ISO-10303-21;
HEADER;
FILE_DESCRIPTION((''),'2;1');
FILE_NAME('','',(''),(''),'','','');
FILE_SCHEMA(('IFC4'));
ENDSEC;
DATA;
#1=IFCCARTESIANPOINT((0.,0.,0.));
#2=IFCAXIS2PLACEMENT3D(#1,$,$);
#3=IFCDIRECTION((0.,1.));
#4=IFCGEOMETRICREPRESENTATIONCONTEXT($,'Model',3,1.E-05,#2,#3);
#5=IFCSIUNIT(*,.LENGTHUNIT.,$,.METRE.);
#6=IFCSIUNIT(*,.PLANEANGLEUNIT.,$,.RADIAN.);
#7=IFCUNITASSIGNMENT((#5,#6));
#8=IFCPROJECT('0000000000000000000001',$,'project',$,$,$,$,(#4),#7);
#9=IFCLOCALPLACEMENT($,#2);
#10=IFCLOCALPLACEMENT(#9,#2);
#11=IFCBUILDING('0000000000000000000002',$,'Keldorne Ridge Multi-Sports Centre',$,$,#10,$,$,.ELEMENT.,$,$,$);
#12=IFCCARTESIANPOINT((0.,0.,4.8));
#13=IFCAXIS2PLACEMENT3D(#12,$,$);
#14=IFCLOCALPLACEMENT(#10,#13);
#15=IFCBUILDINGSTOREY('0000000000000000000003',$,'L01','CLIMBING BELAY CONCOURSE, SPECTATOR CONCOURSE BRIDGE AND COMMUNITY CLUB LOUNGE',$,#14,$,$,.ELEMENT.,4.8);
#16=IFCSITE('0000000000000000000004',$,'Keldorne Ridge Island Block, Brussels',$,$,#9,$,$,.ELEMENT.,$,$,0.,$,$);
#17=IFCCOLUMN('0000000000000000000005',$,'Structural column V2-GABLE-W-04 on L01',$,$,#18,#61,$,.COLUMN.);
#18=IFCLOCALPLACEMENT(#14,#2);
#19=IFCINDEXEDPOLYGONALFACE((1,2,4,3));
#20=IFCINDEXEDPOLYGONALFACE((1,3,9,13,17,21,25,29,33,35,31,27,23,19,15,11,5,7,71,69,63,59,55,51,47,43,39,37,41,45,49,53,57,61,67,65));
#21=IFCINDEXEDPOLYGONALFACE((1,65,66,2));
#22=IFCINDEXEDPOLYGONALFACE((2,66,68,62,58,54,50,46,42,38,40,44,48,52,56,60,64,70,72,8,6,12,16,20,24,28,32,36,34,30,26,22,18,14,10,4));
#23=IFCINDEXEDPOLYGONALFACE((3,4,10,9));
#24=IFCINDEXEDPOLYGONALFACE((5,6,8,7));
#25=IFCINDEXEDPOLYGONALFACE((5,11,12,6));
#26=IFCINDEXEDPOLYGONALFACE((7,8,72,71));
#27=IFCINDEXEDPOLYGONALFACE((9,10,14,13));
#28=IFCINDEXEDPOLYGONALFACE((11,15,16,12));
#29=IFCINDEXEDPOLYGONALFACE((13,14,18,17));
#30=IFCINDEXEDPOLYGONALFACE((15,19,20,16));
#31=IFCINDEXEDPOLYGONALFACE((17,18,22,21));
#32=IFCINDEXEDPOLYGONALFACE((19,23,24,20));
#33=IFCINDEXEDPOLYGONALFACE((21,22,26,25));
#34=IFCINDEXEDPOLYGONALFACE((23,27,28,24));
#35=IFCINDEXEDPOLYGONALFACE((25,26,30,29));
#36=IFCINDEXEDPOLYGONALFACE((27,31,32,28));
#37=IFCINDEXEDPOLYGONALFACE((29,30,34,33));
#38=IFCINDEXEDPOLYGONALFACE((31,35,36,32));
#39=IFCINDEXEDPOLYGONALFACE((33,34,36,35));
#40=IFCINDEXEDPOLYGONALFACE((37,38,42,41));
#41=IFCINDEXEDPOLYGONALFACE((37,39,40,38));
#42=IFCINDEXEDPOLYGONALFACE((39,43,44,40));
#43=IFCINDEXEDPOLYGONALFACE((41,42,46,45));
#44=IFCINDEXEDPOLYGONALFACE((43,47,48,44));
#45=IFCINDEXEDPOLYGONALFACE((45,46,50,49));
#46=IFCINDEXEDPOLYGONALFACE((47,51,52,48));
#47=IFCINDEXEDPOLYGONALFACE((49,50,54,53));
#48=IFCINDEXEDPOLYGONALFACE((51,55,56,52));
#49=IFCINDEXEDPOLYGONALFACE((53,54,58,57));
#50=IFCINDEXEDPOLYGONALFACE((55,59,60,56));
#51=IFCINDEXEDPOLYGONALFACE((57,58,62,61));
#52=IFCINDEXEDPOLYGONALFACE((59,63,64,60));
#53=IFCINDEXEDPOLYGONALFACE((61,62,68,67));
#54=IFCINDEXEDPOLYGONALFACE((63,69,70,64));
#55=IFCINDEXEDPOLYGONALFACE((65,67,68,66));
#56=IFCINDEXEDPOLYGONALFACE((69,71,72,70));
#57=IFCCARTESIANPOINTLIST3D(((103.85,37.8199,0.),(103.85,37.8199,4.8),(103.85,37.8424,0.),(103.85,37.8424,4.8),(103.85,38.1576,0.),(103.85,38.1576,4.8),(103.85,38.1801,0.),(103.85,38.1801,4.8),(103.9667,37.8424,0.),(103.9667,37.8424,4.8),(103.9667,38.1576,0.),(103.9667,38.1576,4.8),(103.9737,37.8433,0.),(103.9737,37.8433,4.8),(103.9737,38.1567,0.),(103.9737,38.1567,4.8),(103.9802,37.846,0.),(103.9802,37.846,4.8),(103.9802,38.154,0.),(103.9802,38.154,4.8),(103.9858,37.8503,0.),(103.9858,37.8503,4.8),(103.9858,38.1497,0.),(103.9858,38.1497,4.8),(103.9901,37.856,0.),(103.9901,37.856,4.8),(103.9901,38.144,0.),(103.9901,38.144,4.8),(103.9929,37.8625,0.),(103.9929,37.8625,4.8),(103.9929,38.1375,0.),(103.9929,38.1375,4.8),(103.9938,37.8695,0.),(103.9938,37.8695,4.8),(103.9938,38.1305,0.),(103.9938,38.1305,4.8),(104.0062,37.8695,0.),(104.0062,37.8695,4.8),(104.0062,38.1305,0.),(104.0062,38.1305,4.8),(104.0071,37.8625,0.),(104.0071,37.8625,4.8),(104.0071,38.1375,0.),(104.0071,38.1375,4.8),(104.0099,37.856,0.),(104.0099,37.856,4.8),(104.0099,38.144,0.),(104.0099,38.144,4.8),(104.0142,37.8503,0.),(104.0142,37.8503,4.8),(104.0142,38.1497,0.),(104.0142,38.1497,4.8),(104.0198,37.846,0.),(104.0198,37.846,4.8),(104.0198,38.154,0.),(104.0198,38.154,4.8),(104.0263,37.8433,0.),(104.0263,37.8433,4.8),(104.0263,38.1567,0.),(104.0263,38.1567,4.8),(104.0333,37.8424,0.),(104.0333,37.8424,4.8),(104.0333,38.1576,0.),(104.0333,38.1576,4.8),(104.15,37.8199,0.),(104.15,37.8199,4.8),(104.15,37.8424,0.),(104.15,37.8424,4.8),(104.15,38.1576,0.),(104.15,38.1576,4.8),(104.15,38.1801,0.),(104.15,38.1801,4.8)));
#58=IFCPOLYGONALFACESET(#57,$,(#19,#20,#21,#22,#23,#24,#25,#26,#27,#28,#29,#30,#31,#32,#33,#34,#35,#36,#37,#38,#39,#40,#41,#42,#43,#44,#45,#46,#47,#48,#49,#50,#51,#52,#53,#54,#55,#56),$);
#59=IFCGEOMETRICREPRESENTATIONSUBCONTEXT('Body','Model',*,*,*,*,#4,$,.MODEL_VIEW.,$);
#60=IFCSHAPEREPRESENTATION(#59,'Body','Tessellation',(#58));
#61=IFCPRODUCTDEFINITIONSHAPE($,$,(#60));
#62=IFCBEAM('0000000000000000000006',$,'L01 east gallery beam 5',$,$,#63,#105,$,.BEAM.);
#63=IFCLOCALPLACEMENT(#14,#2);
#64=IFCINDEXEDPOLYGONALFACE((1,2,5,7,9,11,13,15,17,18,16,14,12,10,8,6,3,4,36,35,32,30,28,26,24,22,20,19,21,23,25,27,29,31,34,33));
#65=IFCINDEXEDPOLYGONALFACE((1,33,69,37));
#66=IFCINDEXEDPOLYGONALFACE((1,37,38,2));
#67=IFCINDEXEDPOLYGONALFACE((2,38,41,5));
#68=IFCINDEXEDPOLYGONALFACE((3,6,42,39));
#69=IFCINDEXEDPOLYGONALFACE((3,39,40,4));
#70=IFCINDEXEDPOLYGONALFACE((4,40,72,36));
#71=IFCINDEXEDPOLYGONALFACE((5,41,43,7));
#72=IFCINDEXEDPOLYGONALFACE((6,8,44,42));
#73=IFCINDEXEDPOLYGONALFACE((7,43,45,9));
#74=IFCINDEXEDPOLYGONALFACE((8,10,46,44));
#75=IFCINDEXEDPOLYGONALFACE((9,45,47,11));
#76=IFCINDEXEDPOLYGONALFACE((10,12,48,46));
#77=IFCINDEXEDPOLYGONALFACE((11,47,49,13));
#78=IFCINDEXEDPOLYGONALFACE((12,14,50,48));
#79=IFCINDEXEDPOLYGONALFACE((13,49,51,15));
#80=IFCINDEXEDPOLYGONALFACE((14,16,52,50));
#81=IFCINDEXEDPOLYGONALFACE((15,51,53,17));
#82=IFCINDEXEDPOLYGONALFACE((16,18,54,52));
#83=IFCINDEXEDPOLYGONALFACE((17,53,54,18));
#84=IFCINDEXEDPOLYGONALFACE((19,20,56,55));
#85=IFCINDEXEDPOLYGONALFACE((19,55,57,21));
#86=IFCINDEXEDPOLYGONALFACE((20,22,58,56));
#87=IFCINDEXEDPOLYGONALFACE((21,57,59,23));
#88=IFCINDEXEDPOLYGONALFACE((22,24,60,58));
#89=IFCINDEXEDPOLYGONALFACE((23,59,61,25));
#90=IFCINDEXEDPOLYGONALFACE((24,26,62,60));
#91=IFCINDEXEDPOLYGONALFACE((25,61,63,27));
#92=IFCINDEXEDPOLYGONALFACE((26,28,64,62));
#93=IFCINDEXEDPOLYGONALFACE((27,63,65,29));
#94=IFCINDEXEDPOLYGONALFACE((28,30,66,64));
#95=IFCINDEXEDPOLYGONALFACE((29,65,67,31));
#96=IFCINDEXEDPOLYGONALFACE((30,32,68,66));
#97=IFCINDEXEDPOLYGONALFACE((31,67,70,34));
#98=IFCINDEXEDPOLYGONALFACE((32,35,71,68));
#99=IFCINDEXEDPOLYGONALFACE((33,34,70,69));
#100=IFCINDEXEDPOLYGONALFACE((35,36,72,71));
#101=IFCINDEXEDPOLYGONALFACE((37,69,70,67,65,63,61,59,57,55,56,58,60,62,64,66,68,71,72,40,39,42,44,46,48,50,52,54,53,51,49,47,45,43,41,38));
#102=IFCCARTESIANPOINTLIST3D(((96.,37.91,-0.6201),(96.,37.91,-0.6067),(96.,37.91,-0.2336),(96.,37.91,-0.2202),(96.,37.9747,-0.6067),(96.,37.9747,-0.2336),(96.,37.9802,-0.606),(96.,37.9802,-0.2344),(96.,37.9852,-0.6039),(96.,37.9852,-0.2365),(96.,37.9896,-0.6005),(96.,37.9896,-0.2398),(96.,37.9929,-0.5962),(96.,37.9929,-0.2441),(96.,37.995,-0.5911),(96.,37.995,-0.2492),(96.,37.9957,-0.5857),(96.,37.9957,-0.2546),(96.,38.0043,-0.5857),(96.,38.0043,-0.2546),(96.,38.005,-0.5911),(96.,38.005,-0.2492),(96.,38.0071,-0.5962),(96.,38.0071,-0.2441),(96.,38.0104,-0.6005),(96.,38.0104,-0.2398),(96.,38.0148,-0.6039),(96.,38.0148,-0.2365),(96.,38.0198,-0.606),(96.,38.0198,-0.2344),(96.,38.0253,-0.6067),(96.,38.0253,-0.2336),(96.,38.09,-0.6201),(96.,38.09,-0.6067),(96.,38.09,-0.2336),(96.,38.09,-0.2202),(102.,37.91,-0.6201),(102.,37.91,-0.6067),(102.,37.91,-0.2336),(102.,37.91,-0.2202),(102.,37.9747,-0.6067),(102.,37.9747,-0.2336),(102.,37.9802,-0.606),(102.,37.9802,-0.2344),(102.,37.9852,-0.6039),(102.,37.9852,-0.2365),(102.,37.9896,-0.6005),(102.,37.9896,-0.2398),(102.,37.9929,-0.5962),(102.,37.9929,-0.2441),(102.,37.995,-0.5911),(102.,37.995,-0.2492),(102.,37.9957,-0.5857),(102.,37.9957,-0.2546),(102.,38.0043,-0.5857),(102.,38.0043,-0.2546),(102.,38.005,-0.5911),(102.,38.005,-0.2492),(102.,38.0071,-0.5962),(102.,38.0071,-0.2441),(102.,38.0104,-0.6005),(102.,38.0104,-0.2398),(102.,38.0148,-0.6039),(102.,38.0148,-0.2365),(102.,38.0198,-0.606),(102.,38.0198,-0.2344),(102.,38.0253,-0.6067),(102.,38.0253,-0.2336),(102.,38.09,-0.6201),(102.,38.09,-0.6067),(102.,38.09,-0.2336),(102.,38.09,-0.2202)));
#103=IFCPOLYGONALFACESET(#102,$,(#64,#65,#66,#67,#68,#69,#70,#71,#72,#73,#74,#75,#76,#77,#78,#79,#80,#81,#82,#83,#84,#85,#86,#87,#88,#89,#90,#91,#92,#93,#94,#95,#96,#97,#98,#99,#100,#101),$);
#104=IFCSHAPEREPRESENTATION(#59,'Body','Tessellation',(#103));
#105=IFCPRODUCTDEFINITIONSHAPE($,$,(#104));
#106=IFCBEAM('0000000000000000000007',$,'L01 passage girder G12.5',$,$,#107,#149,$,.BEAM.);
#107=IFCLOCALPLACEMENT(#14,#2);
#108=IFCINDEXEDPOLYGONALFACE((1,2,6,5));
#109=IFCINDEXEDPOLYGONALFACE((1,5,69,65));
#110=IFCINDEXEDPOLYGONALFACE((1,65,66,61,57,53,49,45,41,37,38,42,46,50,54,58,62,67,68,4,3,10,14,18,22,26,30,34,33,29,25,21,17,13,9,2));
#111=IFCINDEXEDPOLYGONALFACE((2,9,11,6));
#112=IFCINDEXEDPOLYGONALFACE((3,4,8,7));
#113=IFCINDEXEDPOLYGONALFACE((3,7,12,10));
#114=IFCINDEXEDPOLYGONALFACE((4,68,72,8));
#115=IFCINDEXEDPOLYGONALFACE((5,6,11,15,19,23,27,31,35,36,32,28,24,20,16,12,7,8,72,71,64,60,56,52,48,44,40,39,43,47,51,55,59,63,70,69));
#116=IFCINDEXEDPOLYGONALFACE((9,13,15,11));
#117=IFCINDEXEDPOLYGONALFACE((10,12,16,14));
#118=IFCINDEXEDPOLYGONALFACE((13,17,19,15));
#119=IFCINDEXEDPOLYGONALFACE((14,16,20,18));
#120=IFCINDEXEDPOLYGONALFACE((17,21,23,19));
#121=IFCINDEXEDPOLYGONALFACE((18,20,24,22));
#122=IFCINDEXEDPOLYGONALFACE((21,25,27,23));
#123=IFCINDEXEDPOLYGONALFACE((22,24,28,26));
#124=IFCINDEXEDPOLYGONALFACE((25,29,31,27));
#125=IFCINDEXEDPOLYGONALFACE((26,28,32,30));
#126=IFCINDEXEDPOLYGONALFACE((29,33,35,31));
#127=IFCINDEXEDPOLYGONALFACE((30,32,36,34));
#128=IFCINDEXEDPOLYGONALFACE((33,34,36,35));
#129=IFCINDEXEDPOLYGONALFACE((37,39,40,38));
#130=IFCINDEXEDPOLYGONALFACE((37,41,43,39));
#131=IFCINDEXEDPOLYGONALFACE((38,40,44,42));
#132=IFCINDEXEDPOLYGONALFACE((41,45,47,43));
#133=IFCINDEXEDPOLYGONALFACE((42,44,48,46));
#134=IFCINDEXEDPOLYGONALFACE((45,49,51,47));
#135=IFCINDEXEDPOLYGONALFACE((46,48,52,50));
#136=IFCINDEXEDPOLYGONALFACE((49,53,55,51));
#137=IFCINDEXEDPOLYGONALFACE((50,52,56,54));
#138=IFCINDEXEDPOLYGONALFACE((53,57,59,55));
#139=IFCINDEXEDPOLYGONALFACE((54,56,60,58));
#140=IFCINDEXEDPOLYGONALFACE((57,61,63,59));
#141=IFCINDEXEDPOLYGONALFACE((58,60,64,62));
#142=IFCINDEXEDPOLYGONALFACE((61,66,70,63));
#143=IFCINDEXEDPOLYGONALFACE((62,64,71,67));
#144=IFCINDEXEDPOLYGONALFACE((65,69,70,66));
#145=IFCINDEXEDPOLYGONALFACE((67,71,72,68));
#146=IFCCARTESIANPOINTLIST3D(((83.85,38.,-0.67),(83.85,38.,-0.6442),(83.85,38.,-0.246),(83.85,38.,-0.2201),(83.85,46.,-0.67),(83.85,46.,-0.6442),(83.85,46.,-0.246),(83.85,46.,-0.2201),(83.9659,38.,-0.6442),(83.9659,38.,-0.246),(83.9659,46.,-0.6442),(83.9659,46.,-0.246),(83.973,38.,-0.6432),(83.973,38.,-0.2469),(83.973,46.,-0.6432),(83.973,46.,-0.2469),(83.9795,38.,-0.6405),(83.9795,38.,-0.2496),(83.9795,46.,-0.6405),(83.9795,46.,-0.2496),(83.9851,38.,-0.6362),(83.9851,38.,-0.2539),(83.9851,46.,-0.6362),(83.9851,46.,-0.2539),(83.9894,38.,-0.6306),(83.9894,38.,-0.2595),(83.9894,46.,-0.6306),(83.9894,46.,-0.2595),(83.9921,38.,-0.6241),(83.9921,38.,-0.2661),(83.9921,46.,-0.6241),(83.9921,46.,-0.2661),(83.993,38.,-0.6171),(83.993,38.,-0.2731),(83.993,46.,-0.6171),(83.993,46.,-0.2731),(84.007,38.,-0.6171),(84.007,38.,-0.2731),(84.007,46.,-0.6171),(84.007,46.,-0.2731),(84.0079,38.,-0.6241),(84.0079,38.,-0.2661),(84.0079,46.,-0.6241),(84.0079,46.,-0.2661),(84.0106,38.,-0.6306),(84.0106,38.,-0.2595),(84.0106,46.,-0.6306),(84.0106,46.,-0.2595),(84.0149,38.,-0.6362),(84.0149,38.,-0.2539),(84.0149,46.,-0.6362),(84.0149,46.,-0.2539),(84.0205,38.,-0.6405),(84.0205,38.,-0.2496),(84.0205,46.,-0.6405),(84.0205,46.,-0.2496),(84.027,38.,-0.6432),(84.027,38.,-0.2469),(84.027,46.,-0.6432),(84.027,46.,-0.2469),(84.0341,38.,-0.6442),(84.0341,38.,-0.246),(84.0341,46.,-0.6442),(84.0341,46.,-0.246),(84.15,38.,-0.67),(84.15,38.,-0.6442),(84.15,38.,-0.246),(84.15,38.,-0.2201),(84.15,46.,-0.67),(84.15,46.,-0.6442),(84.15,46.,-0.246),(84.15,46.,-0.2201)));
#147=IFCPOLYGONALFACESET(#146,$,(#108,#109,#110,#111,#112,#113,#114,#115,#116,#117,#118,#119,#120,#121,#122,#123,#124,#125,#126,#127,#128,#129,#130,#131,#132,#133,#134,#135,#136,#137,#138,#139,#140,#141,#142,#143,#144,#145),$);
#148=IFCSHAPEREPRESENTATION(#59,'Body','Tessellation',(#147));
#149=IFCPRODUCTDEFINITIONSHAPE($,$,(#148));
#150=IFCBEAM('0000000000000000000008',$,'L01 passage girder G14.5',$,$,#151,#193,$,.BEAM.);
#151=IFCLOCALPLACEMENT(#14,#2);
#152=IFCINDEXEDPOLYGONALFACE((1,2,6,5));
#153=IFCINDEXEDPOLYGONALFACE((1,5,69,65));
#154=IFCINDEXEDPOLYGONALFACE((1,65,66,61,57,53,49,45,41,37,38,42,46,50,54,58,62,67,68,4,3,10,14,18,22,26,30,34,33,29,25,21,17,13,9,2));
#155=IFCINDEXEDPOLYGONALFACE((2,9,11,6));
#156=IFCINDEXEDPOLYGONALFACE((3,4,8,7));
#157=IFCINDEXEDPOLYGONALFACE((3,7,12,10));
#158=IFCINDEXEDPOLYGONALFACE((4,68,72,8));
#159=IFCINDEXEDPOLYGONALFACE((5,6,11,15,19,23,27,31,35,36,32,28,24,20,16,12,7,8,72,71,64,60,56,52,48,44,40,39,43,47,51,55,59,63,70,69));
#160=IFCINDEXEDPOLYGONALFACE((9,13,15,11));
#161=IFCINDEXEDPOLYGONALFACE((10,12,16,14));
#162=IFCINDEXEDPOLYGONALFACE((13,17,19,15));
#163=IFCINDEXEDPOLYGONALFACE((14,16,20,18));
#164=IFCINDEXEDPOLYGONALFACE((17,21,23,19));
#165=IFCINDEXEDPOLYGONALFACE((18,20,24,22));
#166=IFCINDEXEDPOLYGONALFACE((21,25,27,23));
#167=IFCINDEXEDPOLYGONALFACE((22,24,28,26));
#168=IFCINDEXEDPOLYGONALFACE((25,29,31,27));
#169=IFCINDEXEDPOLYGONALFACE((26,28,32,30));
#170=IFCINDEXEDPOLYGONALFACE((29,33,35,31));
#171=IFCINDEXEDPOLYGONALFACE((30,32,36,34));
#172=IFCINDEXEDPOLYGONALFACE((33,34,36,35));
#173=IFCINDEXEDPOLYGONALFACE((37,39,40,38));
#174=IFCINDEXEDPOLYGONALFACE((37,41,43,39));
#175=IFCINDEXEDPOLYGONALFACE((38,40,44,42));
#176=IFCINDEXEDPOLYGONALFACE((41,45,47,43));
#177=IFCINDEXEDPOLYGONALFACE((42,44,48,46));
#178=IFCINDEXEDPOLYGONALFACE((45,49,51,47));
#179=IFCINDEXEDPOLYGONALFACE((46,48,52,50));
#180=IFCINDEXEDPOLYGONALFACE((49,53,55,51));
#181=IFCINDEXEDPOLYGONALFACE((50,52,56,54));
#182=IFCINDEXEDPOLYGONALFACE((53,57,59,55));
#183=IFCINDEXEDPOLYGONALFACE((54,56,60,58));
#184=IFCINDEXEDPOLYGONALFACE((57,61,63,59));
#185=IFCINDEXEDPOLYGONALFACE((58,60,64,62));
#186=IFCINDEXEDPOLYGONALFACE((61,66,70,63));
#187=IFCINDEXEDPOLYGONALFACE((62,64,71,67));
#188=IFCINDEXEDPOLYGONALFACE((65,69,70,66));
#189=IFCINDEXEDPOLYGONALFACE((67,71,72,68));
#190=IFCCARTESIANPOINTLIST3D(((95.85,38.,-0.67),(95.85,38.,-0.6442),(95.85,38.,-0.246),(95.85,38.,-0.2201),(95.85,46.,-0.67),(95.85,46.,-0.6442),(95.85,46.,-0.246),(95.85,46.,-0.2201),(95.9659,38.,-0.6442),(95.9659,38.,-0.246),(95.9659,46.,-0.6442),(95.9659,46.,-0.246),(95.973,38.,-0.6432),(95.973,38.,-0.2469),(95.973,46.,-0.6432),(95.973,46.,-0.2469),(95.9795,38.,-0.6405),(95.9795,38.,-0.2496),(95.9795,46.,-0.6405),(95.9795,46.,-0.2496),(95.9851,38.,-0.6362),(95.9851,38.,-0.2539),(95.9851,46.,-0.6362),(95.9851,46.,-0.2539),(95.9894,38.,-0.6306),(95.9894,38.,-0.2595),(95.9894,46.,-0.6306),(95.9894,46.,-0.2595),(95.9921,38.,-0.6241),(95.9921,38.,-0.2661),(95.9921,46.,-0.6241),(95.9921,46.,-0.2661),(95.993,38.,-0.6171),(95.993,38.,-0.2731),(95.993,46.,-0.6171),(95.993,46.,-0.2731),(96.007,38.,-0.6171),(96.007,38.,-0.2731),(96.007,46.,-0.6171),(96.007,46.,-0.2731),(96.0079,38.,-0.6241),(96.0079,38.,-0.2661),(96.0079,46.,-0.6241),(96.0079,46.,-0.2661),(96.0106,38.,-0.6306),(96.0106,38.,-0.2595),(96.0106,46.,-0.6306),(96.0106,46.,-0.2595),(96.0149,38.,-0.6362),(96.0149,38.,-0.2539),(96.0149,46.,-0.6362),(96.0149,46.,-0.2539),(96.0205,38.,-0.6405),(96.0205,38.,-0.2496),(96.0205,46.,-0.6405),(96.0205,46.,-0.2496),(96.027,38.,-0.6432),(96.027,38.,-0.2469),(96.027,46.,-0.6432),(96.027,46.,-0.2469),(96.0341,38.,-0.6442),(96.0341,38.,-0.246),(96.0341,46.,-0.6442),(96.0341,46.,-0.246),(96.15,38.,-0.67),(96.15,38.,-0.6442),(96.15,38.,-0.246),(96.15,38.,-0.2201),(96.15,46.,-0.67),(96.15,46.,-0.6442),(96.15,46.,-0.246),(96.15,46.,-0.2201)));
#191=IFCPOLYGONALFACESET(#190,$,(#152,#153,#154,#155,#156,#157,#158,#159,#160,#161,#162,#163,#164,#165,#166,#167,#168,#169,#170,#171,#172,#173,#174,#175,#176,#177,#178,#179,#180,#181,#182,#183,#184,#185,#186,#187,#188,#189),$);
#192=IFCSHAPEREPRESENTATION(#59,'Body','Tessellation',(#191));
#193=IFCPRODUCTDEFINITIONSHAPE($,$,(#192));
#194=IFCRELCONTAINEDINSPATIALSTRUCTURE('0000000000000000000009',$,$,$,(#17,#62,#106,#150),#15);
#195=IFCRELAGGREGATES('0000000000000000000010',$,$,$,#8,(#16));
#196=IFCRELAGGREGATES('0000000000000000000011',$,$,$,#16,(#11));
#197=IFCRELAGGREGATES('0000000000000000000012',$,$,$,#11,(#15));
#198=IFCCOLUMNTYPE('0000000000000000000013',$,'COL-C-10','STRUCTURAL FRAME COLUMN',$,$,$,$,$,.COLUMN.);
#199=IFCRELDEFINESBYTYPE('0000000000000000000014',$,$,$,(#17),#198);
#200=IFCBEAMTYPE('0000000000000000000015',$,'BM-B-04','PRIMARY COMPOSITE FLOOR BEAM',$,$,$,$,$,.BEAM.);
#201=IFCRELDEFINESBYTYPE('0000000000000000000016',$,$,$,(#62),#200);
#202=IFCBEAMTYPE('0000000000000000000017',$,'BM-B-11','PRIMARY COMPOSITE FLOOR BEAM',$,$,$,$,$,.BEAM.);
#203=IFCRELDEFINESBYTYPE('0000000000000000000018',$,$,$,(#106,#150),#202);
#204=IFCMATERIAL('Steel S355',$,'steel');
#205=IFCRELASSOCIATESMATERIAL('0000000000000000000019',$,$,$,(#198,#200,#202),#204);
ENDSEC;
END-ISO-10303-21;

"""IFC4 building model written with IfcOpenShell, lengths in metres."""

from ifc_helpers import new_model, si_unit, direction, frame, origin, origin_2d, place, context, subcontext, project, spatial, i_section, extrude, material, material_profile, profile_set, type_object, element, save


model = new_model("IFC4")

# Units and contexts
model_context = context("Model", 3, precision=1e-05, world=origin(), true_north=direction((0.0, 1.0)))
body_context = subcontext(model_context, "Body", "Model", "MODEL_VIEW")
ifc_project = project(units=[si_unit("LENGTHUNIT", "METRE"), si_unit("PLANEANGLEUNIT", "RADIAN")], contexts=[model_context])

# Site, building, storey
site_placement = place(None, origin())
site = spatial("IfcSite", under=ifc_project, at=site_placement, Name="Keldorne Ridge Island Block, Brussels", CompositionType="ELEMENT", RefElevation=0.0)
building_placement = place(site_placement, origin())
building = spatial("IfcBuilding", under=site, at=building_placement, Name="Keldorne Ridge Multi-Sports Centre", CompositionType="ELEMENT")
storey_placement = place(building_placement, frame((0.0, 0.0, 4.8)))
storey = spatial("IfcBuildingStorey", under=building, at=storey_placement, Name="L01", Description="CLIMBING BELAY CONCOURSE, SPECTATOR CONCOURSE BRIDGE AND COMMUNITY CLUB LOUNGE", CompositionType="ELEMENT", Elevation=4.8)

# Column
ifc_material = material(Name="Steel S355", Category="steel")
ifc_material_profile_1 = material_profile(ifc_material, i_section(OverallWidth=0.3, OverallDepth=0.3601, WebThickness=0.0125, FlangeThickness=0.0225, FilletRadius=0.0271, at=origin_2d()), Name="HEB 360")
ifc_profile_set_1 = profile_set([ifc_material_profile_1], Name="Steel S355")
column_type_1 = type_object("IfcColumnType", Name="COL-C-10", Description="STRUCTURAL FRAME COLUMN", PredefinedType="COLUMN", material=ifc_profile_set_1)
column_placement = place(storey_placement, frame((104.0, 38.0, 0.0), z_axis=(0.0, 0.0, 1.0), x_axis=(1.0, 0.0, 0.0)))
element("IfcColumn", 1, at=column_placement, inside=storey, type_object=column_type_1, Name="Structural column V2-GABLE-W-04 on L01", PredefinedType="COLUMN", context=body_context, shape_type="SweptSolid", body=[
    extrude(i_section(OverallWidth=0.3, OverallDepth=0.3601, WebThickness=0.0125, FlangeThickness=0.0225, FilletRadius=0.0271, at=origin_2d()), origin(), (0.0, 0.0, 1.0), 4.8),
])

# Beams
ifc_material_profile_2 = material_profile(ifc_material, i_section(OverallWidth=0.1799, OverallDepth=0.3999, WebThickness=0.0085, FlangeThickness=0.0134, FilletRadius=0.021, at=origin_2d()), Name="IPE 400")
ifc_profile_set_2 = profile_set([ifc_material_profile_2], Name="Steel S355")
beam_type_1 = type_object("IfcBeamType", Name="BM-B-04", Description="PRIMARY COMPOSITE FLOOR BEAM", PredefinedType="BEAM", material=ifc_profile_set_2)
beam_placement = place(storey_placement, frame((96.0, 38.0, -0.4202), z_axis=(1.0, 0.0, 0.0), x_axis=(0.0, 1.0, 0.0)))
element("IfcBeam", 2, at=beam_placement, inside=storey, type_object=beam_type_1, Name="L01 east gallery beam 5", PredefinedType="BEAM", context=body_context, shape_type="SweptSolid", body=[
    extrude(i_section(OverallWidth=0.1799, OverallDepth=0.3999, WebThickness=0.0085, FlangeThickness=0.0134, FilletRadius=0.021, at=origin_2d()), origin(), (0.0, 0.0, 1.0), 6.0),
])
ifc_material_profile_3 = material_profile(ifc_material, i_section(OverallWidth=0.3, OverallDepth=0.45, WebThickness=0.0139, FlangeThickness=0.0259, FilletRadius=0.0271, at=origin_2d()), Name="HEB 450")
ifc_profile_set_3 = profile_set([ifc_material_profile_3], Name="Steel S355")
beam_type_2 = type_object("IfcBeamType", Name="BM-B-11", Description="PRIMARY COMPOSITE FLOOR BEAM", PredefinedType="BEAM", material=ifc_profile_set_3)
for number, where, z_axis, x_axis, name in (
    (3, (84.0, 38.0, -0.4451), (0.0, 1.0, 0.0), (-1.0, 0.0, 0.0), "L01 passage girder G12.5"),
    (4, (96.0, 38.0, -0.4451), (0.0, 1.0, 0.0), (-1.0, 0.0, 0.0), "L01 passage girder G14.5"),
):
    element("IfcBeam", number, at=place(storey_placement, frame(where, z_axis=z_axis, x_axis=x_axis)), inside=storey, type_object=beam_type_2, Name=name, PredefinedType="BEAM", context=body_context, shape_type="SweptSolid", body=[
        extrude(i_section(OverallWidth=0.3, OverallDepth=0.45, WebThickness=0.0139, FlangeThickness=0.0259, FilletRadius=0.0271, at=origin_2d()), origin(), (0.0, 0.0, 1.0), 8.0),
    ])

save(model, "model.ifc")
